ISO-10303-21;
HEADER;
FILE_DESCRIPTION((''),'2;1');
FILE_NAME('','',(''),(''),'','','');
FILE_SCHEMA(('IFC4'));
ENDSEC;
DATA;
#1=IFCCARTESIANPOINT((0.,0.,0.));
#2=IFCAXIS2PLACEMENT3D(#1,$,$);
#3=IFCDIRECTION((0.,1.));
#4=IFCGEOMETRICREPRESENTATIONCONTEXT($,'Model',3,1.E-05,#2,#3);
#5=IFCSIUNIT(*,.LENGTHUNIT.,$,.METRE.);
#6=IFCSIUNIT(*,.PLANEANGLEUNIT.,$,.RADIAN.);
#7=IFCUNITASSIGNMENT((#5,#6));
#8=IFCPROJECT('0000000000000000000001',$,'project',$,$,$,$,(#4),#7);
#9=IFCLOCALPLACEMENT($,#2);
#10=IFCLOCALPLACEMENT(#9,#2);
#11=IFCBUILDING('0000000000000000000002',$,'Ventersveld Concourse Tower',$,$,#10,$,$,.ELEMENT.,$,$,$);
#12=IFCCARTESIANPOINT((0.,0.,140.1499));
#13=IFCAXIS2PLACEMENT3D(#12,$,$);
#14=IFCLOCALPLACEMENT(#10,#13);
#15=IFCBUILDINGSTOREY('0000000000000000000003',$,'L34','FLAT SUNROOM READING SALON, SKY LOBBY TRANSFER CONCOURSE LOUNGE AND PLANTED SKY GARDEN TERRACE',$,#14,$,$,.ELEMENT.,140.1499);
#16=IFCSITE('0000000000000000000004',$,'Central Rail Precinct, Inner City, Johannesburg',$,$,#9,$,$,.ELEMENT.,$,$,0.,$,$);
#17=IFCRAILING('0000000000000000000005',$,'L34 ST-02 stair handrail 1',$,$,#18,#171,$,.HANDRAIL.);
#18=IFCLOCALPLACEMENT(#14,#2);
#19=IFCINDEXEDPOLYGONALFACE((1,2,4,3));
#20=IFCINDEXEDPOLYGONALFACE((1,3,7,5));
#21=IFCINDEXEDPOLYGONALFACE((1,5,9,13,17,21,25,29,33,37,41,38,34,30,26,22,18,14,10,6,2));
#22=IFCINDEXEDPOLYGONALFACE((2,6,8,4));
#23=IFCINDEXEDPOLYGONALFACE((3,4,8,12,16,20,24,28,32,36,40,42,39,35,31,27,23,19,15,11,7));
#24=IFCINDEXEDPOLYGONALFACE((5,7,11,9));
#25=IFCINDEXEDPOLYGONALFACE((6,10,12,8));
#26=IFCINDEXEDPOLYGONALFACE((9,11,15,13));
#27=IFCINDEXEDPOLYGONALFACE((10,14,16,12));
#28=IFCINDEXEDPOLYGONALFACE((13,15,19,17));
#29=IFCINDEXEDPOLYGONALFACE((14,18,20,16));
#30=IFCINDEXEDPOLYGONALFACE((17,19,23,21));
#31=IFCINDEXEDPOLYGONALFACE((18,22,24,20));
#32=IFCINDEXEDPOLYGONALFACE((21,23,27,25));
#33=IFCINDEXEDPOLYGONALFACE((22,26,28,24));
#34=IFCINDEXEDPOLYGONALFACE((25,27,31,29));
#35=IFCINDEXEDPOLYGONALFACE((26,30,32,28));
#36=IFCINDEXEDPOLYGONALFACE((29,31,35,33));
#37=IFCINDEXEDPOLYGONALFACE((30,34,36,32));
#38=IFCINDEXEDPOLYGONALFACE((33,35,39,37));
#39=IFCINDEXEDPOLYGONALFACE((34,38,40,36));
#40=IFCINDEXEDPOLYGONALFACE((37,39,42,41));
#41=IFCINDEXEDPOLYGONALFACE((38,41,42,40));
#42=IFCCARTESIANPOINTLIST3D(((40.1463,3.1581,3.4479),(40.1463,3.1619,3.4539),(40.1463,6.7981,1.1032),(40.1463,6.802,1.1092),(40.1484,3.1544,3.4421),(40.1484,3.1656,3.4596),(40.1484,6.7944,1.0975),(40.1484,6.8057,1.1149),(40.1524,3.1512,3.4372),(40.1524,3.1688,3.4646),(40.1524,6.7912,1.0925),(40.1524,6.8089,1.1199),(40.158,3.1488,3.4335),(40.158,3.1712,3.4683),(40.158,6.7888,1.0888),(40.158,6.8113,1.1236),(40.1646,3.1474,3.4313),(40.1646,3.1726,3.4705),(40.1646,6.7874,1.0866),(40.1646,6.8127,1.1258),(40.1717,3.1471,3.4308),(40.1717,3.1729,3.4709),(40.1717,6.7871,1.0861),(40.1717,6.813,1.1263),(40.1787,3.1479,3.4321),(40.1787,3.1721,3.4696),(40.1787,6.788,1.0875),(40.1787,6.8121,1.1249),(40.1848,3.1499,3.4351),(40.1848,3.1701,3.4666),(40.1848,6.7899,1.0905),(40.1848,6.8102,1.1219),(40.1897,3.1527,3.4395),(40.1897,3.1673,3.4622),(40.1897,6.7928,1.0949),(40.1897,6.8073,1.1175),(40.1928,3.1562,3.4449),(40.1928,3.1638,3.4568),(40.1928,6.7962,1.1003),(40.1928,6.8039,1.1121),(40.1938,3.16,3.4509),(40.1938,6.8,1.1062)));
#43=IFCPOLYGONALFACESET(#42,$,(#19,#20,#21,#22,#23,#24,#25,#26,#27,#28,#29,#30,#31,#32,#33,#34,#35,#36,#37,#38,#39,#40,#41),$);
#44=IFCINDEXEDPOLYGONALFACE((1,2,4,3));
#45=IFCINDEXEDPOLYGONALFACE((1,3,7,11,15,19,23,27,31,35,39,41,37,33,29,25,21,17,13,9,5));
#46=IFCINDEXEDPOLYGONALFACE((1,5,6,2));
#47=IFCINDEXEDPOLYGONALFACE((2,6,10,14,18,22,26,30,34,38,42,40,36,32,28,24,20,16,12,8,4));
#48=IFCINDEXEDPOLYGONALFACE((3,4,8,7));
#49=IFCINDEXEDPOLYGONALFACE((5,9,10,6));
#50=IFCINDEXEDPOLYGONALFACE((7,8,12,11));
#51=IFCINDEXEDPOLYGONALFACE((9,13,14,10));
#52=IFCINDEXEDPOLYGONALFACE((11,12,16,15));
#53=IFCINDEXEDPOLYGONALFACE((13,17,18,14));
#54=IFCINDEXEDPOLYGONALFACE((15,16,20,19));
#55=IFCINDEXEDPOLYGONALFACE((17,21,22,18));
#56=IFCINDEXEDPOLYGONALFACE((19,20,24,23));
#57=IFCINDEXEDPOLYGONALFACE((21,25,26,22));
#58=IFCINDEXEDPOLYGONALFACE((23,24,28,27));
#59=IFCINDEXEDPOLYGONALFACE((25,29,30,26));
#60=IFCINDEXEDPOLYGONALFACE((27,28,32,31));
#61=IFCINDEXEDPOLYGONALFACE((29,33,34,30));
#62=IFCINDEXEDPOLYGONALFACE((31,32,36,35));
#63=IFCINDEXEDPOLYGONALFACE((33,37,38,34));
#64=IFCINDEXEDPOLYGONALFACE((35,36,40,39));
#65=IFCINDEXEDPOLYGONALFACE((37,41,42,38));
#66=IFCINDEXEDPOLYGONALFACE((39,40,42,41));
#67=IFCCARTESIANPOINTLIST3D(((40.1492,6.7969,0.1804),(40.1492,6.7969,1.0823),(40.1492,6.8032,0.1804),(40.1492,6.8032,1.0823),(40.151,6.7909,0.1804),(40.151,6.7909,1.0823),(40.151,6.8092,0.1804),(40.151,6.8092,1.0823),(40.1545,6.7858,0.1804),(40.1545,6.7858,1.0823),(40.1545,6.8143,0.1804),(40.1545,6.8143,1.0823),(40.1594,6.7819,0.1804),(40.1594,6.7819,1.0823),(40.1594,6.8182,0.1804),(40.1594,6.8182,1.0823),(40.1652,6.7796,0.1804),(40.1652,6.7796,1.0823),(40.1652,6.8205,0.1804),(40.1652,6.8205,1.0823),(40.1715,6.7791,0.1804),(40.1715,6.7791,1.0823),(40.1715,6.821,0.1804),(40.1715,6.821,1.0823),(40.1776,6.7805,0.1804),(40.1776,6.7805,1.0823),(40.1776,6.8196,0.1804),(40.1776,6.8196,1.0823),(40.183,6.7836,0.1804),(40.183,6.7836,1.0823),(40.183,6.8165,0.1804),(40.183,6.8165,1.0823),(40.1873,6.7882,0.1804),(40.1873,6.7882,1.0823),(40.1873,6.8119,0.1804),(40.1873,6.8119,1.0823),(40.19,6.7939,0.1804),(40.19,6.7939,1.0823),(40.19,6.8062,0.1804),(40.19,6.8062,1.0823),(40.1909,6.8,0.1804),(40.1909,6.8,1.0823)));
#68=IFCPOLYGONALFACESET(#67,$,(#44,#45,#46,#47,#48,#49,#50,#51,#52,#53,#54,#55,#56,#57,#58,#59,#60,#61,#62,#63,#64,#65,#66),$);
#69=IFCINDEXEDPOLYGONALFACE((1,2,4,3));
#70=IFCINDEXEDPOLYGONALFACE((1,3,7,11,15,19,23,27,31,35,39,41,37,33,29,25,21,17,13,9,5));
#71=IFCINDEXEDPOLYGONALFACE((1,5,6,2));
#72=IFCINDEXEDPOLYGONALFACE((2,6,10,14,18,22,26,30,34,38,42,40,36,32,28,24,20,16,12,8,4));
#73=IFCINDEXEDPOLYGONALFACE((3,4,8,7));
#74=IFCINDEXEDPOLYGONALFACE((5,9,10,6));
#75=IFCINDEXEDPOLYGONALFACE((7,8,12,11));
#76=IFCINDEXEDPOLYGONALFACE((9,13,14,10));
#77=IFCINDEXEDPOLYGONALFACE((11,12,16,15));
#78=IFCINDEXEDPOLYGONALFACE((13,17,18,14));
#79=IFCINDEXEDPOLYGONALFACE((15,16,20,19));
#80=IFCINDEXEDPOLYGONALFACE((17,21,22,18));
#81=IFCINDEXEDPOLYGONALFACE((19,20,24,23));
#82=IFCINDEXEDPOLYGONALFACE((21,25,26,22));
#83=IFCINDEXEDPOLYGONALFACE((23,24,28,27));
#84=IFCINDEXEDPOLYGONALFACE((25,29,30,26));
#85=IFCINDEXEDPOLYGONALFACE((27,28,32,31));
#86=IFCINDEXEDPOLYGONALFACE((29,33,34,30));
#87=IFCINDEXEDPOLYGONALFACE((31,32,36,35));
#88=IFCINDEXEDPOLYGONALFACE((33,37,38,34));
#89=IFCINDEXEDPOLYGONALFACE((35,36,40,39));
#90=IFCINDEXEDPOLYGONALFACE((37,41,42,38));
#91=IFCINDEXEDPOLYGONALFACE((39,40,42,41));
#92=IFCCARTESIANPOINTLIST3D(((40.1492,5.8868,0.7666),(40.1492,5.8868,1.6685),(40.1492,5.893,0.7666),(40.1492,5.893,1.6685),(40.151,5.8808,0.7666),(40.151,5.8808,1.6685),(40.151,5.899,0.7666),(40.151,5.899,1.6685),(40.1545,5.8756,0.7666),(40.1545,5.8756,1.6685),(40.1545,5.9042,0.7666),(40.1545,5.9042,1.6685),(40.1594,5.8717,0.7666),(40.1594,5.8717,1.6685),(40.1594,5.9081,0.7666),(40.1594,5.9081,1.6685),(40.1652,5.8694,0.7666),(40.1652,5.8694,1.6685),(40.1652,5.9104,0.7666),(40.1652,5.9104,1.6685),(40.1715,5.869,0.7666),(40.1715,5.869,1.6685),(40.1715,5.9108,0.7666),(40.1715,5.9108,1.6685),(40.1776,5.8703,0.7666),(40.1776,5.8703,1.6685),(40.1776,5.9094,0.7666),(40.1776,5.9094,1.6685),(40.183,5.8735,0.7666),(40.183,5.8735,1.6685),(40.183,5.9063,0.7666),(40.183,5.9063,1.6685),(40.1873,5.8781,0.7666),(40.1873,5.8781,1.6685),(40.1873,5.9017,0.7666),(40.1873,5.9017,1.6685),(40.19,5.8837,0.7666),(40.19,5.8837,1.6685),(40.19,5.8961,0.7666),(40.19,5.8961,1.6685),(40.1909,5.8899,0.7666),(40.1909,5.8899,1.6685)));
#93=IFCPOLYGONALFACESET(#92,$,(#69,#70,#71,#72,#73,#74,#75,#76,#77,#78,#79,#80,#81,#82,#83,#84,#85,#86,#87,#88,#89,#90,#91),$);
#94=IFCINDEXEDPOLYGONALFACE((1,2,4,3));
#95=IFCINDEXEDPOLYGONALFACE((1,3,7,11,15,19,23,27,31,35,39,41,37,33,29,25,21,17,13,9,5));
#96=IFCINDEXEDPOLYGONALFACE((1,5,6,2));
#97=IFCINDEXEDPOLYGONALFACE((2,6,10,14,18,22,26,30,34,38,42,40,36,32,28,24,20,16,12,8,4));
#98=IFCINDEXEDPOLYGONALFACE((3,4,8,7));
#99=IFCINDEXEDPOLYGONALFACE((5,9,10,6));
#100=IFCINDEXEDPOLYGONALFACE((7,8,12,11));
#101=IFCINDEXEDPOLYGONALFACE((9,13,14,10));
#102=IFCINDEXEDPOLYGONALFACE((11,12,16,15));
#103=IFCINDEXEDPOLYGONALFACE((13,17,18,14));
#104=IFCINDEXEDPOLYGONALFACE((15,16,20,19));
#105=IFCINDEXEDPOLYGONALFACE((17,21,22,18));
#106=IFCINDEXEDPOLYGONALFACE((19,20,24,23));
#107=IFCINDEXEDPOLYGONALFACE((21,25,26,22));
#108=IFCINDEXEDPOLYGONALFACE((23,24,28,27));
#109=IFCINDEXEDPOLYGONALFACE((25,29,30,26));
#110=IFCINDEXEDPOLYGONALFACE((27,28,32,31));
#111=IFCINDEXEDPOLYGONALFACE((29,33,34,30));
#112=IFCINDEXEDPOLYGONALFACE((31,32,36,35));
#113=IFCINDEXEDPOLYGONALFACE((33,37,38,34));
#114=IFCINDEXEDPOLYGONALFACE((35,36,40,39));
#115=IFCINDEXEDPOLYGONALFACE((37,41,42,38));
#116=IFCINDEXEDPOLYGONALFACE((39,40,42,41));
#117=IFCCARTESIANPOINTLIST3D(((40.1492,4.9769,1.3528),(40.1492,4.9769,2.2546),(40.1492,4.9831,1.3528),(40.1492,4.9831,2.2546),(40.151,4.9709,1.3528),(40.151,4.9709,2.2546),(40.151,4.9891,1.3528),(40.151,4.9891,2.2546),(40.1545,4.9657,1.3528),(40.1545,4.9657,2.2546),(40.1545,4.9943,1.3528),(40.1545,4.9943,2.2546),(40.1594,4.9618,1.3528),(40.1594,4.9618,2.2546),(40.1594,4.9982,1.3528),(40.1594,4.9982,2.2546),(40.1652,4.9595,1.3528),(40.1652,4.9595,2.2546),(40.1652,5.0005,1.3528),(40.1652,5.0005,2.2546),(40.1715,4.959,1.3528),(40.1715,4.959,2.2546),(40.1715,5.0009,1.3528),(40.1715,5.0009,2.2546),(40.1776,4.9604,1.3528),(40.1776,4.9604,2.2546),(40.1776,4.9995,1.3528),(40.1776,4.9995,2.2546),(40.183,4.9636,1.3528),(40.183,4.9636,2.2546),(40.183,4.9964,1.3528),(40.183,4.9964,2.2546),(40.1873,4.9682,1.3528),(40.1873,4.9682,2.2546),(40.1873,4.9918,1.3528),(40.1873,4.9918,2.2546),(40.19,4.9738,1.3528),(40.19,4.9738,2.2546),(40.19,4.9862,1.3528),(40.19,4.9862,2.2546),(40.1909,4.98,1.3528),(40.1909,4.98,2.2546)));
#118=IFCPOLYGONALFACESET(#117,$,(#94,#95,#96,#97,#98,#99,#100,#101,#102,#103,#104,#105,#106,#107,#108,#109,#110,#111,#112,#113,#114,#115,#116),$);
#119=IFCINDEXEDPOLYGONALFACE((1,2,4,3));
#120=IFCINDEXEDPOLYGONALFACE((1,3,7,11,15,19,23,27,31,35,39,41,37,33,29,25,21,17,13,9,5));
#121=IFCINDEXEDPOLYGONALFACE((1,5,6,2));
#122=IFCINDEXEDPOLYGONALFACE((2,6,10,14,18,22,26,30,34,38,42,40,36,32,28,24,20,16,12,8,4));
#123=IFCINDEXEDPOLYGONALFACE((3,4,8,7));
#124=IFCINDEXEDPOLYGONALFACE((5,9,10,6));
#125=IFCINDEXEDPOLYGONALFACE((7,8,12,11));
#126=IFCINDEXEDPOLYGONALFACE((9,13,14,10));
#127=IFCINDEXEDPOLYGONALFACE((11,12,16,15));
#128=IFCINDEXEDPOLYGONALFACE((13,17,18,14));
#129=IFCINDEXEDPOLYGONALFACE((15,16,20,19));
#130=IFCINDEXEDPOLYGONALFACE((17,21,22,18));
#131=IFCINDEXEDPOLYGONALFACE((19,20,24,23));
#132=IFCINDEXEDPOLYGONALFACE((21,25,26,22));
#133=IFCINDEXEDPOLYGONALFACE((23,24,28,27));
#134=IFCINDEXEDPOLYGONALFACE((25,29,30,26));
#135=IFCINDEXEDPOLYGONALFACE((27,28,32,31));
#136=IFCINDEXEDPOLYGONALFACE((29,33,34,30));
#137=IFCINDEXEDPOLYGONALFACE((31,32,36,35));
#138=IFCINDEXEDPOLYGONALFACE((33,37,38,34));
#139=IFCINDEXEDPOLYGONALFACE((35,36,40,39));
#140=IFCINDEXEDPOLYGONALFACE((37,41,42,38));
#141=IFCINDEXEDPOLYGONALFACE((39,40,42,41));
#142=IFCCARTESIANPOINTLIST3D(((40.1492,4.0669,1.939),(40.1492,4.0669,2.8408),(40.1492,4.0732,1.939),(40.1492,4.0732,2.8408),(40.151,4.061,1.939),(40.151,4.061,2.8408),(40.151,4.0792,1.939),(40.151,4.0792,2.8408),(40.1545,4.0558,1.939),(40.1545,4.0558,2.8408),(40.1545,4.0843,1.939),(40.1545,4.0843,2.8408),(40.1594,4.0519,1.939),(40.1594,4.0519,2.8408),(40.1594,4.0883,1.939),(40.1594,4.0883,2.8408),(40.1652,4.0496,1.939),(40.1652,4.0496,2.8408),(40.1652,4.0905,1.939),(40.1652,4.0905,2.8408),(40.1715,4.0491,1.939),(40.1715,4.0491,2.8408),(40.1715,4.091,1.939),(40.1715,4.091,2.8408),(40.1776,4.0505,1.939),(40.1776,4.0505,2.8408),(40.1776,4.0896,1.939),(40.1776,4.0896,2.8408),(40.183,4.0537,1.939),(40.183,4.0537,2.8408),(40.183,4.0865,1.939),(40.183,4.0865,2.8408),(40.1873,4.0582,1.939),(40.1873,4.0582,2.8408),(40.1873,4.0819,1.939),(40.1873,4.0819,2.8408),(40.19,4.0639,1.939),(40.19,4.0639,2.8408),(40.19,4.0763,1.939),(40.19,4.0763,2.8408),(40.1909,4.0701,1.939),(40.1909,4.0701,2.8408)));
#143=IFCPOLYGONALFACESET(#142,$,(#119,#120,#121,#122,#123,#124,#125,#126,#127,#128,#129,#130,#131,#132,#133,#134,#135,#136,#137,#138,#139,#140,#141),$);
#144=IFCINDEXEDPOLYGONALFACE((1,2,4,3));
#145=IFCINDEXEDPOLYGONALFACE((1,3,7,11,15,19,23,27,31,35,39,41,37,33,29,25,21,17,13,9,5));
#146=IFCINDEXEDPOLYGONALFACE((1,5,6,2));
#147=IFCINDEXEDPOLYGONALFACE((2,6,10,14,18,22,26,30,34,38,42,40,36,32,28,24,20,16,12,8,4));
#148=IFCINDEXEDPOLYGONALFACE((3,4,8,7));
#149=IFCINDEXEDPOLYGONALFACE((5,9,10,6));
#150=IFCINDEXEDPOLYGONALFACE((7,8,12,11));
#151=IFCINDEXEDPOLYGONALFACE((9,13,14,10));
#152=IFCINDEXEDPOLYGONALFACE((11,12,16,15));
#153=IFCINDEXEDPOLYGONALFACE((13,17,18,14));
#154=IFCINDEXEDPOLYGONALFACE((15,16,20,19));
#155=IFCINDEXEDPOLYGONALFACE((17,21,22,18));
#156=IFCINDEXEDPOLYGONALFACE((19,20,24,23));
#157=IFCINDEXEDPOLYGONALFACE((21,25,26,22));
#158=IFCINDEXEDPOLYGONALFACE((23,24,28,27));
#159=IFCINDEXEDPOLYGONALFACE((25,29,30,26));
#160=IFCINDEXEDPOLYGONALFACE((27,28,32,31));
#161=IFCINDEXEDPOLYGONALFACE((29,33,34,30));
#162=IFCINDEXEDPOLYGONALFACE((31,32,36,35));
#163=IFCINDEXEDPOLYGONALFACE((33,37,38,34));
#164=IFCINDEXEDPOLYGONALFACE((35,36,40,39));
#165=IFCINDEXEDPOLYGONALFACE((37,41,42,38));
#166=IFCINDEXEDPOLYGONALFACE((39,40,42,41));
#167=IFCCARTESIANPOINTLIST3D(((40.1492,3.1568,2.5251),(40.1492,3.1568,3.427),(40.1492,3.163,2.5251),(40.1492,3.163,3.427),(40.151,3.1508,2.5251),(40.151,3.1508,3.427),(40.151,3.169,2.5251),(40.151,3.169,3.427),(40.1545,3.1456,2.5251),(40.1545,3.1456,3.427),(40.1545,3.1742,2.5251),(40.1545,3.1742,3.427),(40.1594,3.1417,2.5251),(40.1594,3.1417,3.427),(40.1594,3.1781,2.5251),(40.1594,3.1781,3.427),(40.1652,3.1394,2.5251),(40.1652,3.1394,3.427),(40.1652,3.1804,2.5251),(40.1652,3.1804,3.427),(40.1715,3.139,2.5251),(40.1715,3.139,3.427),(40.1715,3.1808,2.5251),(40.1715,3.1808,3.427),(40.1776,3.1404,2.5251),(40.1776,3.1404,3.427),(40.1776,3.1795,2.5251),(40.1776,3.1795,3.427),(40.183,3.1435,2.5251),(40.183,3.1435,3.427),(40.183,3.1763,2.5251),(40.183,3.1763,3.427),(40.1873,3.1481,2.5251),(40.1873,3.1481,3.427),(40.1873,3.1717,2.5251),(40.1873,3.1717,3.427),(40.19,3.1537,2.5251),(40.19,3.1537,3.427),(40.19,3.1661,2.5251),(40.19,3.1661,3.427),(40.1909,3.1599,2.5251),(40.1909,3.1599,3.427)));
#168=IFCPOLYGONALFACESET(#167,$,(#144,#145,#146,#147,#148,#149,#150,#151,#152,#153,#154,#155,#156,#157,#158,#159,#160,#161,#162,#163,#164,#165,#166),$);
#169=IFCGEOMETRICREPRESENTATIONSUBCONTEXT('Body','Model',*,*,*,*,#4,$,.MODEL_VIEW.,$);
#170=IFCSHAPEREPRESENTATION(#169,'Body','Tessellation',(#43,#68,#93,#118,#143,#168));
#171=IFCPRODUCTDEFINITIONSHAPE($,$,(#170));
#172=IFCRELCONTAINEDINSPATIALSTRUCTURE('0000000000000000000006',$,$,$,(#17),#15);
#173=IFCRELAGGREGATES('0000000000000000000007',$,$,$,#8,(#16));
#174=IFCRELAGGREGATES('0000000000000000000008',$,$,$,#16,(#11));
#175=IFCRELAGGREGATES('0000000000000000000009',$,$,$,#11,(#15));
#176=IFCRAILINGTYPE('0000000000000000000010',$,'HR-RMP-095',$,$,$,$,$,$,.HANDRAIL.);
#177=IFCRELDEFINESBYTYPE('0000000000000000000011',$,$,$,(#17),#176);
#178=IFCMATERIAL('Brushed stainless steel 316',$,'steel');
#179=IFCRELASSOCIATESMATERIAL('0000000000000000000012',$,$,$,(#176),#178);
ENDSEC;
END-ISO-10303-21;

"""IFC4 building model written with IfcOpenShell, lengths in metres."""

from ifc_helpers import new_model, si_unit, direction, frame, origin, origin_2d, place, context, subcontext, project, spatial, circle, extrude, material, type_object, element, save


model = new_model("IFC4")

# Units and contexts
model_context = context("Model", 3, precision=1e-05, world=origin(), true_north=direction((0.0, 1.0)))
body_context = subcontext(model_context, "Body", "Model", "MODEL_VIEW")
ifc_project = project(units=[si_unit("LENGTHUNIT", "METRE"), si_unit("PLANEANGLEUNIT", "RADIAN")], contexts=[model_context])

# Site, building, storey
site_placement = place(None, origin())
site = spatial("IfcSite", under=ifc_project, at=site_placement, Name="Central Rail Precinct, Inner City, Johannesburg", CompositionType="ELEMENT", RefElevation=0.0)
building_placement = place(site_placement, origin())
building = spatial("IfcBuilding", under=site, at=building_placement, Name="Ventersveld Concourse Tower", CompositionType="ELEMENT")
storey_placement = place(building_placement, frame((0.0, 0.0, 140.1499)))
storey = spatial("IfcBuildingStorey", under=building, at=storey_placement, Name="L34", Description="FLAT SUNROOM READING SALON, SKY LOBBY TRANSFER CONCOURSE LOUNGE AND PLANTED SKY GARDEN TERRACE", CompositionType="ELEMENT", Elevation=140.1499)

# Railing
ifc_material_1 = material(Name="Brushed stainless steel 316", Category="steel")
railing_type_1 = type_object("IfcRailingType", Name="HR-RMP-095", PredefinedType="HANDRAIL", material=ifc_material_1)
railing_1_placement = place(storey_placement, frame((40.1699, 6.8, 0.1804)))
element("IfcRailing", 1, at=railing_1_placement, inside=storey, type_object=railing_type_1, Name="L34 ST-02 stair handrail 1", PredefinedType="HANDRAIL", context=body_context, shape_type="SweptSolid", body=[
    extrude(circle(Radius=0.0239, at=origin_2d()), frame((0.0, 0.0, 0.9258), z_axis=(0.0, -0.840691, 0.541515), x_axis=(1.0, 0.0, 0.0)), (0.0, 0.0, 1.0), 4.3298),
    extrude(circle(Radius=0.021, at=origin_2d()), origin(), (0.0, 0.0, 1.0), 0.9019),
    extrude(circle(Radius=0.021, at=origin_2d()), frame((0.0, -0.9102, 0.5862)), (0.0, 0.0, 1.0), 0.9019),
    extrude(circle(Radius=0.021, at=origin_2d()), frame((0.0, -1.8201, 1.1724)), (0.0, 0.0, 1.0), 0.9019),
    extrude(circle(Radius=0.021, at=origin_2d()), frame((0.0, -2.73, 1.7585)), (0.0, 0.0, 1.0), 0.9019),
    extrude(circle(Radius=0.021, at=origin_2d()), frame((0.0, -3.6401, 2.3447)), (0.0, 0.0, 1.0), 0.9019),
])

save(model, "model.ifc")
